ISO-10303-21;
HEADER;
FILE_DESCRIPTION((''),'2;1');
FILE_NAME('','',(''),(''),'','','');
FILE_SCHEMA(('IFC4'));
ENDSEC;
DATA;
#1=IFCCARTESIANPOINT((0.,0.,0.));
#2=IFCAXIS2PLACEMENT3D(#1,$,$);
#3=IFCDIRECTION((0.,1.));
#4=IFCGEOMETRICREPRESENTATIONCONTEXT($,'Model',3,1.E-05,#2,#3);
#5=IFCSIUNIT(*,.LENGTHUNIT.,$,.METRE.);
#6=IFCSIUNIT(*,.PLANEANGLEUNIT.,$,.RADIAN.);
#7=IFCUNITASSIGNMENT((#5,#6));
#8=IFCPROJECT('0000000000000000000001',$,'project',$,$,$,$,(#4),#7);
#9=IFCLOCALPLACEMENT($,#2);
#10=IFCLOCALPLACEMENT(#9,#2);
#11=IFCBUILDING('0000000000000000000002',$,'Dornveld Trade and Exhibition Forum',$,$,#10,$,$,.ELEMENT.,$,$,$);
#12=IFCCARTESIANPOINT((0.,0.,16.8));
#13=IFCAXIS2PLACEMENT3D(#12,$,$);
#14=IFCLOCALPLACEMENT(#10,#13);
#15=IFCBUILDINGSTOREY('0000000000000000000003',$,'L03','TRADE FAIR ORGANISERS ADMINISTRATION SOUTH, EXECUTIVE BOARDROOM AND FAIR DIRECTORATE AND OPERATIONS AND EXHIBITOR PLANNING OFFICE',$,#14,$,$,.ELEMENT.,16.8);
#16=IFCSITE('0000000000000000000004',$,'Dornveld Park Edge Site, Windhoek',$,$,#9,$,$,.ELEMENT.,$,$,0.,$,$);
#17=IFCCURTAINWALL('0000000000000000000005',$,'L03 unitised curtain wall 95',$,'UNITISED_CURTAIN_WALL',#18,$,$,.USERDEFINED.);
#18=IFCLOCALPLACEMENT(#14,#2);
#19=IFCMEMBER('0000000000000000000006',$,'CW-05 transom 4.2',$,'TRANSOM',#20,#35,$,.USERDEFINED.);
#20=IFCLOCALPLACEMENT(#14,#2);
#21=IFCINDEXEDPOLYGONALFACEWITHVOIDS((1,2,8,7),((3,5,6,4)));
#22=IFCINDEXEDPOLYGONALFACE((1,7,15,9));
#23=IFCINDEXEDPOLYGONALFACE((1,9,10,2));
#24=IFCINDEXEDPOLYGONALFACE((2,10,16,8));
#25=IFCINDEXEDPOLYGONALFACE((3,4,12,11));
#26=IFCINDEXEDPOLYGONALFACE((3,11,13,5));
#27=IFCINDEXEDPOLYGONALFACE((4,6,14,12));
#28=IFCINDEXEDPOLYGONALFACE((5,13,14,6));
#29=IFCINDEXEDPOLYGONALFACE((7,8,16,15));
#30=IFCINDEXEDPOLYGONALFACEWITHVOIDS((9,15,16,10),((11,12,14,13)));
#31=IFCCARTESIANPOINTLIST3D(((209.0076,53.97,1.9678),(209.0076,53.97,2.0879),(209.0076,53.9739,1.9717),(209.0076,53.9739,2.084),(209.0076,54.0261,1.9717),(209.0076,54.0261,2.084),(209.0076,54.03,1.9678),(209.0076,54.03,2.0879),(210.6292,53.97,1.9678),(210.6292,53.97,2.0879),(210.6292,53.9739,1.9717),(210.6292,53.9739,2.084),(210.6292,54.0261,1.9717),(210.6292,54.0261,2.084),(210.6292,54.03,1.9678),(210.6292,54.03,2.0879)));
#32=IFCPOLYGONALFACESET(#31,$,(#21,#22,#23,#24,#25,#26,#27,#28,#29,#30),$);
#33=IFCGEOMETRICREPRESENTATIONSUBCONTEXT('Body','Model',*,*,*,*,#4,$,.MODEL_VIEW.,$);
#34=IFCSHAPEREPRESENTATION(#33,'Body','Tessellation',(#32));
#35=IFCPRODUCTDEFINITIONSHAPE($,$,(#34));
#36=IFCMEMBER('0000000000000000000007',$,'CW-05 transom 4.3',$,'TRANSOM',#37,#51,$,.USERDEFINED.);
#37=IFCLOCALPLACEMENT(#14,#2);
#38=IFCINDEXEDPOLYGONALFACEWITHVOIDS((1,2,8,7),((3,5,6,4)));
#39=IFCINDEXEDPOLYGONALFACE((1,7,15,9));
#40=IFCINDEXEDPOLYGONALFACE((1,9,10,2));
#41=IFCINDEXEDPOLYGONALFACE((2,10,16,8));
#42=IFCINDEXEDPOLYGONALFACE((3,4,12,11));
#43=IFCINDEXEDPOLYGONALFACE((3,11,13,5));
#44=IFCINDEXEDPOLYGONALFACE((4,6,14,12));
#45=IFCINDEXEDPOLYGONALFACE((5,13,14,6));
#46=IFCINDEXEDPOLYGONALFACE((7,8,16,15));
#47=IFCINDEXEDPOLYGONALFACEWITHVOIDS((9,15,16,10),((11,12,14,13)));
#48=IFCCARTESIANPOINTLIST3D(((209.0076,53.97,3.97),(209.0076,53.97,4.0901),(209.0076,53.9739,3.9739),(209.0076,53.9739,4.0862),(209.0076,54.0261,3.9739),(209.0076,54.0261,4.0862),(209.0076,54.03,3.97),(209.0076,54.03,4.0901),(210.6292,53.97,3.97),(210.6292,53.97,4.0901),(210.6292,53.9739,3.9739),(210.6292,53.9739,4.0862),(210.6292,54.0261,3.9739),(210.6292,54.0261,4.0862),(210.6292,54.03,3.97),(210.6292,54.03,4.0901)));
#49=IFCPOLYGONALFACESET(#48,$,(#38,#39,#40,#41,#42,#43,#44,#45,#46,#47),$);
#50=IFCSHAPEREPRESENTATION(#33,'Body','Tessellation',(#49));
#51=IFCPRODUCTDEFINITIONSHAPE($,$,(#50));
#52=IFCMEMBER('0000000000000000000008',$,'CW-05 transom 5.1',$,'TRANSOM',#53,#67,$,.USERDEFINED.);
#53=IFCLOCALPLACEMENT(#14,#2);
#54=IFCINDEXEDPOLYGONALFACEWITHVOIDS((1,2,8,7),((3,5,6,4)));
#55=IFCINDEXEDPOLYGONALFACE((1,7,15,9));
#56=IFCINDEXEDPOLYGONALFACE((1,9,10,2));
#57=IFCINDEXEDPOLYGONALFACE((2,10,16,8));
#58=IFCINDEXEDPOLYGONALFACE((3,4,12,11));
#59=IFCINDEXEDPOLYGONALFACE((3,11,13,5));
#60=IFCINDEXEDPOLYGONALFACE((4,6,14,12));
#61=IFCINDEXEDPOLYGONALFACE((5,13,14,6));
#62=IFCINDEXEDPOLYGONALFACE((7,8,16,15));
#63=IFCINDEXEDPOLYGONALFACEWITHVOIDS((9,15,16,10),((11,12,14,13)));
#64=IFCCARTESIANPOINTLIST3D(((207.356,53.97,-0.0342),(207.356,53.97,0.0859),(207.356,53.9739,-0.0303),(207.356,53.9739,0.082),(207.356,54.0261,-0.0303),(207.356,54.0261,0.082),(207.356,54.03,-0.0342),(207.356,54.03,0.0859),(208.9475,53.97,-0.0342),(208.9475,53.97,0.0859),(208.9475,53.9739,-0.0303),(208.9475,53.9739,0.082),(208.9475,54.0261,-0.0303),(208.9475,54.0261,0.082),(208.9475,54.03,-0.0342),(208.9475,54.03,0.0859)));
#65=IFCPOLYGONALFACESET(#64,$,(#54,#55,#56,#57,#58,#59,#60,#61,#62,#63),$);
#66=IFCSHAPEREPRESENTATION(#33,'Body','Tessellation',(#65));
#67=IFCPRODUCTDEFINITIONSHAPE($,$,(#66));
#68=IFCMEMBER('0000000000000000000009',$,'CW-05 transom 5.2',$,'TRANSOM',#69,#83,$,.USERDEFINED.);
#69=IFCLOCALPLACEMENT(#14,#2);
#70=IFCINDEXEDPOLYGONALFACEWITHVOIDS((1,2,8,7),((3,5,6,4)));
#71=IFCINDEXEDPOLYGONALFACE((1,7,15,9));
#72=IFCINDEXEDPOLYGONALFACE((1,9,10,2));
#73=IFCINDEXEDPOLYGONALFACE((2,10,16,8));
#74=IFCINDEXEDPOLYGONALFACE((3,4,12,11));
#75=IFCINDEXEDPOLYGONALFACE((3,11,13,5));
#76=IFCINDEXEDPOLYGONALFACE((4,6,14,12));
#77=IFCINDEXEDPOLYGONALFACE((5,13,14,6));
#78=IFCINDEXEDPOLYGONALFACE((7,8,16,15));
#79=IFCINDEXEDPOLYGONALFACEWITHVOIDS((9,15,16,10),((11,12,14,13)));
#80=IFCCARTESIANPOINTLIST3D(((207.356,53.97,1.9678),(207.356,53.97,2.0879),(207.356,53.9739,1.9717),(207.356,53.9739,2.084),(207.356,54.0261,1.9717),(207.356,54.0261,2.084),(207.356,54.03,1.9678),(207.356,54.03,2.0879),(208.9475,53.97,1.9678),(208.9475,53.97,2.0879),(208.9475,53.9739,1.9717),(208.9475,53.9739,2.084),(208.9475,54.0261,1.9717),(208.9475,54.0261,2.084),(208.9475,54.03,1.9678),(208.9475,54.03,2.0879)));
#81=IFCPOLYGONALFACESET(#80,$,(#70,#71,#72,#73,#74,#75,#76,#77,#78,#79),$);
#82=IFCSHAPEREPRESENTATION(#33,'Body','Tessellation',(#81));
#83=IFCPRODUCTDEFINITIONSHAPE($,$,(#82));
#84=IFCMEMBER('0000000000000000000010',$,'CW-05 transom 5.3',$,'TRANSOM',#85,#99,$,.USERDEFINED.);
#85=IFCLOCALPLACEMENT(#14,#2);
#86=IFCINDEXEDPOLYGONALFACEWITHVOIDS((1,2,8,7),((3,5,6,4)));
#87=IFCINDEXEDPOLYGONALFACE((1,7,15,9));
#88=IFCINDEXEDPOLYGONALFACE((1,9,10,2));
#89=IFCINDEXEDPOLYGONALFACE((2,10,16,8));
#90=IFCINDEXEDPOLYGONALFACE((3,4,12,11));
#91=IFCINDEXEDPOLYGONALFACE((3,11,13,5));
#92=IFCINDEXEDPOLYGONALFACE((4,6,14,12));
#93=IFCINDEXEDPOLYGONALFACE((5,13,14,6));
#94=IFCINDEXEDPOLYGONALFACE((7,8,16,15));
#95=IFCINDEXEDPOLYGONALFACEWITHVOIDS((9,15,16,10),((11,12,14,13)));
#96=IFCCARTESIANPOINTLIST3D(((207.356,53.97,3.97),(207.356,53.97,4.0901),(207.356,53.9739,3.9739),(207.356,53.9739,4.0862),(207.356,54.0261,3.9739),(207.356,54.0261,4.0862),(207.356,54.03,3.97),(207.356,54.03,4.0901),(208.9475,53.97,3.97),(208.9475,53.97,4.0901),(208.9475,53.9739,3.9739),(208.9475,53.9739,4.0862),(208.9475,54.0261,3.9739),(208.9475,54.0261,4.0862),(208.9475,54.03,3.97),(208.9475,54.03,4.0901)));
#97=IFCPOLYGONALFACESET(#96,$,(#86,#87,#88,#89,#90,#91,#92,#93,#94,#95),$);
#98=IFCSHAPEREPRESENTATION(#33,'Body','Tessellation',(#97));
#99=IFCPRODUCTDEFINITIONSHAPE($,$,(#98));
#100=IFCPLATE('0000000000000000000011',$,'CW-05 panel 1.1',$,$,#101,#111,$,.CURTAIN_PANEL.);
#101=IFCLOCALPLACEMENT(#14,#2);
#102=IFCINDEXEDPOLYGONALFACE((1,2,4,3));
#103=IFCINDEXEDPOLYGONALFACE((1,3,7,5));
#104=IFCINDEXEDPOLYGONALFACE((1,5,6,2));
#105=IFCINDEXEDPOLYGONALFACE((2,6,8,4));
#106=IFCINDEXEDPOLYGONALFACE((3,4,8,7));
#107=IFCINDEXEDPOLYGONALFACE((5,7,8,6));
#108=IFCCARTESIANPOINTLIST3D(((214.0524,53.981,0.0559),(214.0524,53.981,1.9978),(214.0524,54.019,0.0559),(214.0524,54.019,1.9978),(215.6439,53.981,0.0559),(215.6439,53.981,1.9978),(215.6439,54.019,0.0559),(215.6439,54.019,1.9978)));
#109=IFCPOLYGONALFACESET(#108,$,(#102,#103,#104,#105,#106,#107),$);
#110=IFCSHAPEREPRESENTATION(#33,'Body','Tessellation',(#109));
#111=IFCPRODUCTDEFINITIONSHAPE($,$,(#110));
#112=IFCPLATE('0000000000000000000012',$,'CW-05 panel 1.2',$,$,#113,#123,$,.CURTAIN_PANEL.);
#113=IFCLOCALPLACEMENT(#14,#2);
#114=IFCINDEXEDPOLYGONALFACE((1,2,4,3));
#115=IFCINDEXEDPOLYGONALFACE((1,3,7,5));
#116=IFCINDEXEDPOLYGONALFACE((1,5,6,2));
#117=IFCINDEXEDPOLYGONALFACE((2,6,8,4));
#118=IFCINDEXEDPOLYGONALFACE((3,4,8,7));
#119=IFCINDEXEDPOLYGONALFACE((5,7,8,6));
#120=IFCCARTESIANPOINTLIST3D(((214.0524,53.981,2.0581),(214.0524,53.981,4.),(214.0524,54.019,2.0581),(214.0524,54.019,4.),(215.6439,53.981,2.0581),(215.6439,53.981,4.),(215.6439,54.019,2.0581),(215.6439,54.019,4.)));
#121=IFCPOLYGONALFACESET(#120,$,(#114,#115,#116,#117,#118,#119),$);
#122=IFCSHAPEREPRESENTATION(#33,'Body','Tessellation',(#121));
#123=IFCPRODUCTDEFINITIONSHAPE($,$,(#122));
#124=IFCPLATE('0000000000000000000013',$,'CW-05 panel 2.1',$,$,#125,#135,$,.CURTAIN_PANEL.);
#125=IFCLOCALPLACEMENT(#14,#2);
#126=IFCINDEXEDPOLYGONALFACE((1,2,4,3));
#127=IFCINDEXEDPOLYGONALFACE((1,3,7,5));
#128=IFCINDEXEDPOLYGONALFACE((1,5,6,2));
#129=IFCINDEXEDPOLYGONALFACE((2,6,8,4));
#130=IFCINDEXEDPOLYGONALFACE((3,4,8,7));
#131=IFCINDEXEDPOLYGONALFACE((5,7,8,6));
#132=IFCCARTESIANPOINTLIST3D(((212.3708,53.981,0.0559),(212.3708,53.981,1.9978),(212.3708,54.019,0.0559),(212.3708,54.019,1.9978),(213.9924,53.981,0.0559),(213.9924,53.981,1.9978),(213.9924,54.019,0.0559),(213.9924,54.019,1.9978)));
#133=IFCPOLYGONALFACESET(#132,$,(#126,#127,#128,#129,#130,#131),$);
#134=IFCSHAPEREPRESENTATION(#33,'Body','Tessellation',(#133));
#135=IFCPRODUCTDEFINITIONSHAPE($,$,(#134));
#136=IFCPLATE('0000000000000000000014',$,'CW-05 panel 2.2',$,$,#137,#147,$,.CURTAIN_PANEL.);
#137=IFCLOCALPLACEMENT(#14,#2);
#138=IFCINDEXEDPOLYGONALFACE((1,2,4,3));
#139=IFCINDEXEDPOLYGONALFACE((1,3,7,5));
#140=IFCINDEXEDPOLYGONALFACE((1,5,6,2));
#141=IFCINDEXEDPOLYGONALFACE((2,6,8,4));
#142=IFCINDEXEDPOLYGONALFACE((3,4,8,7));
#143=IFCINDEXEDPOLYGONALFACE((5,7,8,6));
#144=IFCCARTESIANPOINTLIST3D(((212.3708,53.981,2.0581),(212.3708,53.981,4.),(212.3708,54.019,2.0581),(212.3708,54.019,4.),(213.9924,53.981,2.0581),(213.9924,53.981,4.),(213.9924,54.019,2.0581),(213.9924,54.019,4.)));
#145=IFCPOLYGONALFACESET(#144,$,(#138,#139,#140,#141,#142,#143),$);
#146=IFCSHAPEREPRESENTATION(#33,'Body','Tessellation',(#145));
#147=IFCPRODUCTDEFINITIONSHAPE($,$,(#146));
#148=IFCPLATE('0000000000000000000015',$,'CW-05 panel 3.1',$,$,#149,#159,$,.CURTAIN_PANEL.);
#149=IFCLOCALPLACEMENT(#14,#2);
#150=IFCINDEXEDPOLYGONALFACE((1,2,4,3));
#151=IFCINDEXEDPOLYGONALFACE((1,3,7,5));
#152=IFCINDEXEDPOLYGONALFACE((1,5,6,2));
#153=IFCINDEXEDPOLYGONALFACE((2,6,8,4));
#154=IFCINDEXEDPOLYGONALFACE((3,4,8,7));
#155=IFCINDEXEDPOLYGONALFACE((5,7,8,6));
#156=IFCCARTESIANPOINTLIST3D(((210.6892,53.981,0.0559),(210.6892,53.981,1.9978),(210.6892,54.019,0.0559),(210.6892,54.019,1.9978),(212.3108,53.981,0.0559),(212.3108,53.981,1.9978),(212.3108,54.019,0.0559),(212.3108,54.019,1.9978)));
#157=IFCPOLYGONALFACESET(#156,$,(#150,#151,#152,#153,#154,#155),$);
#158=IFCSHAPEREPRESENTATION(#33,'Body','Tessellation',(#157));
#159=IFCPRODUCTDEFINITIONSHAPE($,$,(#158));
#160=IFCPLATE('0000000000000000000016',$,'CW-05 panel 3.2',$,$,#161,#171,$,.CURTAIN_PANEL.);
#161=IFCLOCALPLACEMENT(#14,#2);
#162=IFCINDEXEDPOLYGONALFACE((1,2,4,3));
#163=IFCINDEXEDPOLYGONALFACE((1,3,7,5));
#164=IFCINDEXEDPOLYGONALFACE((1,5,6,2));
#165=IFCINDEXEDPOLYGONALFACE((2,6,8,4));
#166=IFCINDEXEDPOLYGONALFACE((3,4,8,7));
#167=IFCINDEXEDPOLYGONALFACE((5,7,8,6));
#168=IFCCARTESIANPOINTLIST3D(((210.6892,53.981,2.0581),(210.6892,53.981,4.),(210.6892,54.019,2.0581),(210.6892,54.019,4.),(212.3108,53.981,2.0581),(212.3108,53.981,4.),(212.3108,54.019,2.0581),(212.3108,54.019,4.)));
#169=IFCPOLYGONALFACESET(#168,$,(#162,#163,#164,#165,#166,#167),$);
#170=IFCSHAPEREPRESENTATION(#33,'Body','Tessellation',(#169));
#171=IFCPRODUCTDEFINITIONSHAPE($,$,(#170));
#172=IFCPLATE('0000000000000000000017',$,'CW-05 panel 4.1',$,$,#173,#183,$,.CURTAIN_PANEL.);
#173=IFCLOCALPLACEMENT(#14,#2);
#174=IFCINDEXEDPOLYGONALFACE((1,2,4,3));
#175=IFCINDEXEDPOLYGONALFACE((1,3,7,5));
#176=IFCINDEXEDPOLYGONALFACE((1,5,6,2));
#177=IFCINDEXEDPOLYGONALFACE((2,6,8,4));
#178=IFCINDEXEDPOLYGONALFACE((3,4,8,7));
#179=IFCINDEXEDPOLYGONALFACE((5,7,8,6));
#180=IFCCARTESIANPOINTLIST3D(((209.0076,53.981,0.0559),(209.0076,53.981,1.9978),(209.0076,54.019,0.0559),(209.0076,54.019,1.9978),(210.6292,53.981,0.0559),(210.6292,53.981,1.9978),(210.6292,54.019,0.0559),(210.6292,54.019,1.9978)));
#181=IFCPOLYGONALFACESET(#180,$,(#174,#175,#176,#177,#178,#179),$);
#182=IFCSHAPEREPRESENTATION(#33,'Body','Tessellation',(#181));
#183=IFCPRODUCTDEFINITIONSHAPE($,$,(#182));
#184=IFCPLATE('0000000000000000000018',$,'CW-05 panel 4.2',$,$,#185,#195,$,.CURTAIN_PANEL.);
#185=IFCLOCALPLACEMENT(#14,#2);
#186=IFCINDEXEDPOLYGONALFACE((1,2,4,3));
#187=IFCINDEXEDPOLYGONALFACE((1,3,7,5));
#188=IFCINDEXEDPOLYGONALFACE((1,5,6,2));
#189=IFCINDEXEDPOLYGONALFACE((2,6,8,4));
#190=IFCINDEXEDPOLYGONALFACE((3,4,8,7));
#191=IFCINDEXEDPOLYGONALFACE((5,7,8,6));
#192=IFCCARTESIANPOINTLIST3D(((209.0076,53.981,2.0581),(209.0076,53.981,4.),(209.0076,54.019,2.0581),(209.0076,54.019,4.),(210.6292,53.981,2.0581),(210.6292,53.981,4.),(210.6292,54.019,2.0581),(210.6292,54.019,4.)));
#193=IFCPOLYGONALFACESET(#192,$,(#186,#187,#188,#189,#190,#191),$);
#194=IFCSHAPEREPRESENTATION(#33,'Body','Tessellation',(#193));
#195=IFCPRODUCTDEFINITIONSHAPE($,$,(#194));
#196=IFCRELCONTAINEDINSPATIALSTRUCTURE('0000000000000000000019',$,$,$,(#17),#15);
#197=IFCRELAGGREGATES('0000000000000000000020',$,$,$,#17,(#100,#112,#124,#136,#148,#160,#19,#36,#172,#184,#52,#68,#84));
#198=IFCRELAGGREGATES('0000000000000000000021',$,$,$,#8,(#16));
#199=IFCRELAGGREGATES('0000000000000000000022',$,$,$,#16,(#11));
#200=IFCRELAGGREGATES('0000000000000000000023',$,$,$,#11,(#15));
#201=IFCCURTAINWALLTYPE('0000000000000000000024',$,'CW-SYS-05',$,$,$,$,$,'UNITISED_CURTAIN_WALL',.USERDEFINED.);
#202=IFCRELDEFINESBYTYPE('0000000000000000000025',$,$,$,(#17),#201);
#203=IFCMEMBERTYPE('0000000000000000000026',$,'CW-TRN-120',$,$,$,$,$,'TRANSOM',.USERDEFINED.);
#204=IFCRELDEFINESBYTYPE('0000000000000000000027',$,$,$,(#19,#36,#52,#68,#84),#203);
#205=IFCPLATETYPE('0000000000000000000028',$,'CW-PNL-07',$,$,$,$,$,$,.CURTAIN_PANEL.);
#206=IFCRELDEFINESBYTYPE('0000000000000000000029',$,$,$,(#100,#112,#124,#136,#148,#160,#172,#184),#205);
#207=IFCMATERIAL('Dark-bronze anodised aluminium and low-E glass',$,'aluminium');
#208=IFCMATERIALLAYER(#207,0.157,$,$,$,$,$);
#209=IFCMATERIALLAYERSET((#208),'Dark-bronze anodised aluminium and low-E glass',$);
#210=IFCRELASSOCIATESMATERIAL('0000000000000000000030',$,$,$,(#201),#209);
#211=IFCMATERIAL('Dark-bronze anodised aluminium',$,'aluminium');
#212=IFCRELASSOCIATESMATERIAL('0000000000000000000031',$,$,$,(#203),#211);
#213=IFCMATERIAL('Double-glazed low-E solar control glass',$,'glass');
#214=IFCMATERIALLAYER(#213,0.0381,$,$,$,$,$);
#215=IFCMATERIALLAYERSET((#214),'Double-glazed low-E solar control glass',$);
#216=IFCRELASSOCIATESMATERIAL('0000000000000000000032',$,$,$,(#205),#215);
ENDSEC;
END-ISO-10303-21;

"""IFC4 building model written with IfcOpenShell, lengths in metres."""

from ifc_helpers import new_model, si_unit, direction, frame, origin, origin_2d, place, context, subcontext, project, spatial, rectangle, hollow_rectangle, extrude, material, layer, layer_set, material_profile, profile_set, type_object, element, aggregate, save


model = new_model("IFC4")

# Units and contexts
model_context = context("Model", 3, precision=1e-05, world=origin(), true_north=direction((0.0, 1.0)))
body_context = subcontext(model_context, "Body", "Model", "MODEL_VIEW")
ifc_project = project(units=[si_unit("LENGTHUNIT", "METRE"), si_unit("PLANEANGLEUNIT", "RADIAN")], contexts=[model_context])

# Site, building, storey
site_placement = place(None, origin())
site = spatial("IfcSite", under=ifc_project, at=site_placement, Name="Dornveld Park Edge Site, Windhoek", CompositionType="ELEMENT", RefElevation=0.0)
building_placement = place(site_placement, origin())
building = spatial("IfcBuilding", under=site, at=building_placement, Name="Dornveld Trade and Exhibition Forum", CompositionType="ELEMENT")
storey_placement = place(building_placement, frame((0.0, 0.0, 16.8)))
storey = spatial("IfcBuildingStorey", under=building, at=storey_placement, Name="L03", Description="TRADE FAIR ORGANISERS ADMINISTRATION SOUTH, EXECUTIVE BOARDROOM AND FAIR DIRECTORATE AND OPERATIONS AND EXHIBITOR PLANNING OFFICE", CompositionType="ELEMENT", Elevation=16.8)

# Curtain wall
ifc_material_1 = material(Name="Dark-bronze anodised aluminium and low-E glass", Category="aluminium")
ifc_layer_1 = layer(ifc_material_1, 0.157)
ifc_layer_set_1 = layer_set([ifc_layer_1], Name="Dark-bronze anodised aluminium and low-E glass")
curtain_wall_type_1 = type_object("IfcCurtainWallType", Name="CW-SYS-05", ElementType="UNITISED_CURTAIN_WALL", PredefinedType="USERDEFINED", material=ifc_layer_set_1)
curtain_wall_1_placement = place(storey_placement, origin())
curtain_wall_1 = element("IfcCurtainWall", 1, at=curtain_wall_1_placement, inside=storey, type_object=curtain_wall_type_1, Name="L03 unitised curtain wall 95", ObjectType="UNITISED_CURTAIN_WALL", PredefinedType="USERDEFINED")

# Members
ifc_material_2 = material(Name="Dark-bronze anodised aluminium", Category="aluminium")
ifc_material_profile_1 = material_profile(ifc_material_2, hollow_rectangle(XDim=0.0601, YDim=0.1201, WallThickness=0.0039, at=origin_2d()), Name="RHS 120x60x4")
ifc_profile_set_1 = profile_set([ifc_material_profile_1], Name="Dark-bronze anodised aluminium")
member_type_1 = type_object("IfcMemberType", Name="CW-TRN-120", ElementType="TRANSOM", PredefinedType="USERDEFINED", material=ifc_profile_set_1)
member_1_placement = place(storey_placement, frame((210.6292, 54.0, 2.0278), z_axis=(-1.0, 0.0, 0.0), x_axis=(0.0, -1.0, 0.0)))
member_1 = element("IfcMember", 2, at=member_1_placement, type_object=member_type_1, Name="CW-05 transom 4.2", ObjectType="TRANSOM", PredefinedType="USERDEFINED", context=body_context, shape_type="SweptSolid", body=[
    extrude(hollow_rectangle(XDim=0.0601, YDim=0.1201, WallThickness=0.0039, at=origin_2d()), origin(), (0.0, 0.0, 1.0), 1.6216),
])
member_2_placement = place(storey_placement, frame((210.6292, 54.0, 4.03), z_axis=(-1.0, 0.0, 0.0), x_axis=(0.0, -1.0, 0.0)))
member_2 = element("IfcMember", 3, at=member_2_placement, type_object=member_type_1, Name="CW-05 transom 4.3", ObjectType="TRANSOM", PredefinedType="USERDEFINED", context=body_context, shape_type="SweptSolid", body=[
    extrude(hollow_rectangle(XDim=0.0601, YDim=0.1201, WallThickness=0.0039, at=origin_2d()), origin(), (0.0, 0.0, 1.0), 1.6216),
])
member_3_placement = place(storey_placement, frame((208.9475, 54.0, 0.0259), z_axis=(-1.0, 0.0, 0.0), x_axis=(0.0, -1.0, 0.0)))
member_3 = element("IfcMember", 4, at=member_3_placement, type_object=member_type_1, Name="CW-05 transom 5.1", ObjectType="TRANSOM", PredefinedType="USERDEFINED", context=body_context, shape_type="SweptSolid", body=[
    extrude(hollow_rectangle(XDim=0.0601, YDim=0.1201, WallThickness=0.0039, at=origin_2d()), origin(), (0.0, 0.0, 1.0), 1.5916),
])
member_4_placement = place(storey_placement, frame((208.9475, 54.0, 2.0278), z_axis=(-1.0, 0.0, 0.0), x_axis=(0.0, -1.0, 0.0)))
member_4 = element("IfcMember", 5, at=member_4_placement, type_object=member_type_1, Name="CW-05 transom 5.2", ObjectType="TRANSOM", PredefinedType="USERDEFINED", context=body_context, shape_type="SweptSolid", body=[
    extrude(hollow_rectangle(XDim=0.0601, YDim=0.1201, WallThickness=0.0039, at=origin_2d()), origin(), (0.0, 0.0, 1.0), 1.5916),
])
member_5_placement = place(storey_placement, frame((208.9475, 54.0, 4.03), z_axis=(-1.0, 0.0, 0.0), x_axis=(0.0, -1.0, 0.0)))
member_5 = element("IfcMember", 6, at=member_5_placement, type_object=member_type_1, Name="CW-05 transom 5.3", ObjectType="TRANSOM", PredefinedType="USERDEFINED", context=body_context, shape_type="SweptSolid", body=[
    extrude(hollow_rectangle(XDim=0.0601, YDim=0.1201, WallThickness=0.0039, at=origin_2d()), origin(), (0.0, 0.0, 1.0), 1.5916),
])

# Plates
ifc_material_3 = material(Name="Double-glazed low-E solar control glass", Category="glass")
ifc_layer_2 = layer(ifc_material_3, 0.0381)
ifc_layer_set_2 = layer_set([ifc_layer_2], Name="Double-glazed low-E solar control glass")
plate_type = type_object("IfcPlateType", Name="CW-PNL-07", PredefinedType="CURTAIN_PANEL", material=ifc_layer_set_2)
plate_1_placement = place(storey_placement, frame((214.8481, 54.0, 0.0559), z_axis=(0.0, 0.0, 1.0), x_axis=(-1.0, 0.0, 0.0)))
plate_1 = element("IfcPlate", 7, at=plate_1_placement, type_object=plate_type, Name="CW-05 panel 1.1", PredefinedType="CURTAIN_PANEL", context=body_context, shape_type="SweptSolid", body=[
    extrude(rectangle(XDim=1.5916, YDim=0.0381, at=origin_2d()), origin(), (0.0, 0.0, 1.0), 1.9419),
])
plate_2_placement = place(storey_placement, frame((214.8481, 54.0, 2.0581), z_axis=(0.0, 0.0, 1.0), x_axis=(-1.0, 0.0, 0.0)))
plate_2 = element("IfcPlate", 8, at=plate_2_placement, type_object=plate_type, Name="CW-05 panel 1.2", PredefinedType="CURTAIN_PANEL", context=body_context, shape_type="SweptSolid", body=[
    extrude(rectangle(XDim=1.5916, YDim=0.0381, at=origin_2d()), origin(), (0.0, 0.0, 1.0), 1.9419),
])
plate_3_placement = place(storey_placement, frame((213.1816, 54.0, 0.0559), z_axis=(0.0, 0.0, 1.0), x_axis=(-1.0, 0.0, 0.0)))
plate_3 = element("IfcPlate", 9, at=plate_3_placement, type_object=plate_type, Name="CW-05 panel 2.1", PredefinedType="CURTAIN_PANEL", context=body_context, shape_type="SweptSolid", body=[
    extrude(rectangle(XDim=1.6216, YDim=0.0381, at=origin_2d()), origin(), (0.0, 0.0, 1.0), 1.9419),
])
plate_4_placement = place(storey_placement, frame((213.1816, 54.0, 2.0581), z_axis=(0.0, 0.0, 1.0), x_axis=(-1.0, 0.0, 0.0)))
plate_4 = element("IfcPlate", 10, at=plate_4_placement, type_object=plate_type, Name="CW-05 panel 2.2", PredefinedType="CURTAIN_PANEL", context=body_context, shape_type="SweptSolid", body=[
    extrude(rectangle(XDim=1.6216, YDim=0.0381, at=origin_2d()), origin(), (0.0, 0.0, 1.0), 1.9419),
])
plate_5_placement = place(storey_placement, frame((211.5, 54.0, 0.0559), z_axis=(0.0, 0.0, 1.0), x_axis=(-1.0, 0.0, 0.0)))
plate_5 = element("IfcPlate", 11, at=plate_5_placement, type_object=plate_type, Name="CW-05 panel 3.1", PredefinedType="CURTAIN_PANEL", context=body_context, shape_type="SweptSolid", body=[
    extrude(rectangle(XDim=1.6216, YDim=0.0381, at=origin_2d()), origin(), (0.0, 0.0, 1.0), 1.9419),
])
plate_6_placement = place(storey_placement, frame((211.5, 54.0, 2.0581), z_axis=(0.0, 0.0, 1.0), x_axis=(-1.0, 0.0, 0.0)))
plate_6 = element("IfcPlate", 12, at=plate_6_placement, type_object=plate_type, Name="CW-05 panel 3.2", PredefinedType="CURTAIN_PANEL", context=body_context, shape_type="SweptSolid", body=[
    extrude(rectangle(XDim=1.6216, YDim=0.0381, at=origin_2d()), origin(), (0.0, 0.0, 1.0), 1.9419),
])
plate_7_placement = place(storey_placement, frame((209.8184, 54.0, 0.0559), z_axis=(0.0, 0.0, 1.0), x_axis=(-1.0, 0.0, 0.0)))
plate_7 = element("IfcPlate", 13, at=plate_7_placement, type_object=plate_type, Name="CW-05 panel 4.1", PredefinedType="CURTAIN_PANEL", context=body_context, shape_type="SweptSolid", body=[
    extrude(rectangle(XDim=1.6216, YDim=0.0381, at=origin_2d()), origin(), (0.0, 0.0, 1.0), 1.9419),
])
plate_8_placement = place(storey_placement, frame((209.8184, 54.0, 2.0581), z_axis=(0.0, 0.0, 1.0), x_axis=(-1.0, 0.0, 0.0)))
plate_8 = element("IfcPlate", 14, at=plate_8_placement, type_object=plate_type, Name="CW-05 panel 4.2", PredefinedType="CURTAIN_PANEL", context=body_context, shape_type="SweptSolid", body=[
    extrude(rectangle(XDim=1.6216, YDim=0.0381, at=origin_2d()), origin(), (0.0, 0.0, 1.0), 1.9419),
])
aggregate(curtain_wall_1, [plate_1, plate_2, plate_3, plate_4, plate_5, plate_6, member_1, member_2, plate_7, plate_8, member_3, member_4, member_5])

save(model, "model.ifc")
